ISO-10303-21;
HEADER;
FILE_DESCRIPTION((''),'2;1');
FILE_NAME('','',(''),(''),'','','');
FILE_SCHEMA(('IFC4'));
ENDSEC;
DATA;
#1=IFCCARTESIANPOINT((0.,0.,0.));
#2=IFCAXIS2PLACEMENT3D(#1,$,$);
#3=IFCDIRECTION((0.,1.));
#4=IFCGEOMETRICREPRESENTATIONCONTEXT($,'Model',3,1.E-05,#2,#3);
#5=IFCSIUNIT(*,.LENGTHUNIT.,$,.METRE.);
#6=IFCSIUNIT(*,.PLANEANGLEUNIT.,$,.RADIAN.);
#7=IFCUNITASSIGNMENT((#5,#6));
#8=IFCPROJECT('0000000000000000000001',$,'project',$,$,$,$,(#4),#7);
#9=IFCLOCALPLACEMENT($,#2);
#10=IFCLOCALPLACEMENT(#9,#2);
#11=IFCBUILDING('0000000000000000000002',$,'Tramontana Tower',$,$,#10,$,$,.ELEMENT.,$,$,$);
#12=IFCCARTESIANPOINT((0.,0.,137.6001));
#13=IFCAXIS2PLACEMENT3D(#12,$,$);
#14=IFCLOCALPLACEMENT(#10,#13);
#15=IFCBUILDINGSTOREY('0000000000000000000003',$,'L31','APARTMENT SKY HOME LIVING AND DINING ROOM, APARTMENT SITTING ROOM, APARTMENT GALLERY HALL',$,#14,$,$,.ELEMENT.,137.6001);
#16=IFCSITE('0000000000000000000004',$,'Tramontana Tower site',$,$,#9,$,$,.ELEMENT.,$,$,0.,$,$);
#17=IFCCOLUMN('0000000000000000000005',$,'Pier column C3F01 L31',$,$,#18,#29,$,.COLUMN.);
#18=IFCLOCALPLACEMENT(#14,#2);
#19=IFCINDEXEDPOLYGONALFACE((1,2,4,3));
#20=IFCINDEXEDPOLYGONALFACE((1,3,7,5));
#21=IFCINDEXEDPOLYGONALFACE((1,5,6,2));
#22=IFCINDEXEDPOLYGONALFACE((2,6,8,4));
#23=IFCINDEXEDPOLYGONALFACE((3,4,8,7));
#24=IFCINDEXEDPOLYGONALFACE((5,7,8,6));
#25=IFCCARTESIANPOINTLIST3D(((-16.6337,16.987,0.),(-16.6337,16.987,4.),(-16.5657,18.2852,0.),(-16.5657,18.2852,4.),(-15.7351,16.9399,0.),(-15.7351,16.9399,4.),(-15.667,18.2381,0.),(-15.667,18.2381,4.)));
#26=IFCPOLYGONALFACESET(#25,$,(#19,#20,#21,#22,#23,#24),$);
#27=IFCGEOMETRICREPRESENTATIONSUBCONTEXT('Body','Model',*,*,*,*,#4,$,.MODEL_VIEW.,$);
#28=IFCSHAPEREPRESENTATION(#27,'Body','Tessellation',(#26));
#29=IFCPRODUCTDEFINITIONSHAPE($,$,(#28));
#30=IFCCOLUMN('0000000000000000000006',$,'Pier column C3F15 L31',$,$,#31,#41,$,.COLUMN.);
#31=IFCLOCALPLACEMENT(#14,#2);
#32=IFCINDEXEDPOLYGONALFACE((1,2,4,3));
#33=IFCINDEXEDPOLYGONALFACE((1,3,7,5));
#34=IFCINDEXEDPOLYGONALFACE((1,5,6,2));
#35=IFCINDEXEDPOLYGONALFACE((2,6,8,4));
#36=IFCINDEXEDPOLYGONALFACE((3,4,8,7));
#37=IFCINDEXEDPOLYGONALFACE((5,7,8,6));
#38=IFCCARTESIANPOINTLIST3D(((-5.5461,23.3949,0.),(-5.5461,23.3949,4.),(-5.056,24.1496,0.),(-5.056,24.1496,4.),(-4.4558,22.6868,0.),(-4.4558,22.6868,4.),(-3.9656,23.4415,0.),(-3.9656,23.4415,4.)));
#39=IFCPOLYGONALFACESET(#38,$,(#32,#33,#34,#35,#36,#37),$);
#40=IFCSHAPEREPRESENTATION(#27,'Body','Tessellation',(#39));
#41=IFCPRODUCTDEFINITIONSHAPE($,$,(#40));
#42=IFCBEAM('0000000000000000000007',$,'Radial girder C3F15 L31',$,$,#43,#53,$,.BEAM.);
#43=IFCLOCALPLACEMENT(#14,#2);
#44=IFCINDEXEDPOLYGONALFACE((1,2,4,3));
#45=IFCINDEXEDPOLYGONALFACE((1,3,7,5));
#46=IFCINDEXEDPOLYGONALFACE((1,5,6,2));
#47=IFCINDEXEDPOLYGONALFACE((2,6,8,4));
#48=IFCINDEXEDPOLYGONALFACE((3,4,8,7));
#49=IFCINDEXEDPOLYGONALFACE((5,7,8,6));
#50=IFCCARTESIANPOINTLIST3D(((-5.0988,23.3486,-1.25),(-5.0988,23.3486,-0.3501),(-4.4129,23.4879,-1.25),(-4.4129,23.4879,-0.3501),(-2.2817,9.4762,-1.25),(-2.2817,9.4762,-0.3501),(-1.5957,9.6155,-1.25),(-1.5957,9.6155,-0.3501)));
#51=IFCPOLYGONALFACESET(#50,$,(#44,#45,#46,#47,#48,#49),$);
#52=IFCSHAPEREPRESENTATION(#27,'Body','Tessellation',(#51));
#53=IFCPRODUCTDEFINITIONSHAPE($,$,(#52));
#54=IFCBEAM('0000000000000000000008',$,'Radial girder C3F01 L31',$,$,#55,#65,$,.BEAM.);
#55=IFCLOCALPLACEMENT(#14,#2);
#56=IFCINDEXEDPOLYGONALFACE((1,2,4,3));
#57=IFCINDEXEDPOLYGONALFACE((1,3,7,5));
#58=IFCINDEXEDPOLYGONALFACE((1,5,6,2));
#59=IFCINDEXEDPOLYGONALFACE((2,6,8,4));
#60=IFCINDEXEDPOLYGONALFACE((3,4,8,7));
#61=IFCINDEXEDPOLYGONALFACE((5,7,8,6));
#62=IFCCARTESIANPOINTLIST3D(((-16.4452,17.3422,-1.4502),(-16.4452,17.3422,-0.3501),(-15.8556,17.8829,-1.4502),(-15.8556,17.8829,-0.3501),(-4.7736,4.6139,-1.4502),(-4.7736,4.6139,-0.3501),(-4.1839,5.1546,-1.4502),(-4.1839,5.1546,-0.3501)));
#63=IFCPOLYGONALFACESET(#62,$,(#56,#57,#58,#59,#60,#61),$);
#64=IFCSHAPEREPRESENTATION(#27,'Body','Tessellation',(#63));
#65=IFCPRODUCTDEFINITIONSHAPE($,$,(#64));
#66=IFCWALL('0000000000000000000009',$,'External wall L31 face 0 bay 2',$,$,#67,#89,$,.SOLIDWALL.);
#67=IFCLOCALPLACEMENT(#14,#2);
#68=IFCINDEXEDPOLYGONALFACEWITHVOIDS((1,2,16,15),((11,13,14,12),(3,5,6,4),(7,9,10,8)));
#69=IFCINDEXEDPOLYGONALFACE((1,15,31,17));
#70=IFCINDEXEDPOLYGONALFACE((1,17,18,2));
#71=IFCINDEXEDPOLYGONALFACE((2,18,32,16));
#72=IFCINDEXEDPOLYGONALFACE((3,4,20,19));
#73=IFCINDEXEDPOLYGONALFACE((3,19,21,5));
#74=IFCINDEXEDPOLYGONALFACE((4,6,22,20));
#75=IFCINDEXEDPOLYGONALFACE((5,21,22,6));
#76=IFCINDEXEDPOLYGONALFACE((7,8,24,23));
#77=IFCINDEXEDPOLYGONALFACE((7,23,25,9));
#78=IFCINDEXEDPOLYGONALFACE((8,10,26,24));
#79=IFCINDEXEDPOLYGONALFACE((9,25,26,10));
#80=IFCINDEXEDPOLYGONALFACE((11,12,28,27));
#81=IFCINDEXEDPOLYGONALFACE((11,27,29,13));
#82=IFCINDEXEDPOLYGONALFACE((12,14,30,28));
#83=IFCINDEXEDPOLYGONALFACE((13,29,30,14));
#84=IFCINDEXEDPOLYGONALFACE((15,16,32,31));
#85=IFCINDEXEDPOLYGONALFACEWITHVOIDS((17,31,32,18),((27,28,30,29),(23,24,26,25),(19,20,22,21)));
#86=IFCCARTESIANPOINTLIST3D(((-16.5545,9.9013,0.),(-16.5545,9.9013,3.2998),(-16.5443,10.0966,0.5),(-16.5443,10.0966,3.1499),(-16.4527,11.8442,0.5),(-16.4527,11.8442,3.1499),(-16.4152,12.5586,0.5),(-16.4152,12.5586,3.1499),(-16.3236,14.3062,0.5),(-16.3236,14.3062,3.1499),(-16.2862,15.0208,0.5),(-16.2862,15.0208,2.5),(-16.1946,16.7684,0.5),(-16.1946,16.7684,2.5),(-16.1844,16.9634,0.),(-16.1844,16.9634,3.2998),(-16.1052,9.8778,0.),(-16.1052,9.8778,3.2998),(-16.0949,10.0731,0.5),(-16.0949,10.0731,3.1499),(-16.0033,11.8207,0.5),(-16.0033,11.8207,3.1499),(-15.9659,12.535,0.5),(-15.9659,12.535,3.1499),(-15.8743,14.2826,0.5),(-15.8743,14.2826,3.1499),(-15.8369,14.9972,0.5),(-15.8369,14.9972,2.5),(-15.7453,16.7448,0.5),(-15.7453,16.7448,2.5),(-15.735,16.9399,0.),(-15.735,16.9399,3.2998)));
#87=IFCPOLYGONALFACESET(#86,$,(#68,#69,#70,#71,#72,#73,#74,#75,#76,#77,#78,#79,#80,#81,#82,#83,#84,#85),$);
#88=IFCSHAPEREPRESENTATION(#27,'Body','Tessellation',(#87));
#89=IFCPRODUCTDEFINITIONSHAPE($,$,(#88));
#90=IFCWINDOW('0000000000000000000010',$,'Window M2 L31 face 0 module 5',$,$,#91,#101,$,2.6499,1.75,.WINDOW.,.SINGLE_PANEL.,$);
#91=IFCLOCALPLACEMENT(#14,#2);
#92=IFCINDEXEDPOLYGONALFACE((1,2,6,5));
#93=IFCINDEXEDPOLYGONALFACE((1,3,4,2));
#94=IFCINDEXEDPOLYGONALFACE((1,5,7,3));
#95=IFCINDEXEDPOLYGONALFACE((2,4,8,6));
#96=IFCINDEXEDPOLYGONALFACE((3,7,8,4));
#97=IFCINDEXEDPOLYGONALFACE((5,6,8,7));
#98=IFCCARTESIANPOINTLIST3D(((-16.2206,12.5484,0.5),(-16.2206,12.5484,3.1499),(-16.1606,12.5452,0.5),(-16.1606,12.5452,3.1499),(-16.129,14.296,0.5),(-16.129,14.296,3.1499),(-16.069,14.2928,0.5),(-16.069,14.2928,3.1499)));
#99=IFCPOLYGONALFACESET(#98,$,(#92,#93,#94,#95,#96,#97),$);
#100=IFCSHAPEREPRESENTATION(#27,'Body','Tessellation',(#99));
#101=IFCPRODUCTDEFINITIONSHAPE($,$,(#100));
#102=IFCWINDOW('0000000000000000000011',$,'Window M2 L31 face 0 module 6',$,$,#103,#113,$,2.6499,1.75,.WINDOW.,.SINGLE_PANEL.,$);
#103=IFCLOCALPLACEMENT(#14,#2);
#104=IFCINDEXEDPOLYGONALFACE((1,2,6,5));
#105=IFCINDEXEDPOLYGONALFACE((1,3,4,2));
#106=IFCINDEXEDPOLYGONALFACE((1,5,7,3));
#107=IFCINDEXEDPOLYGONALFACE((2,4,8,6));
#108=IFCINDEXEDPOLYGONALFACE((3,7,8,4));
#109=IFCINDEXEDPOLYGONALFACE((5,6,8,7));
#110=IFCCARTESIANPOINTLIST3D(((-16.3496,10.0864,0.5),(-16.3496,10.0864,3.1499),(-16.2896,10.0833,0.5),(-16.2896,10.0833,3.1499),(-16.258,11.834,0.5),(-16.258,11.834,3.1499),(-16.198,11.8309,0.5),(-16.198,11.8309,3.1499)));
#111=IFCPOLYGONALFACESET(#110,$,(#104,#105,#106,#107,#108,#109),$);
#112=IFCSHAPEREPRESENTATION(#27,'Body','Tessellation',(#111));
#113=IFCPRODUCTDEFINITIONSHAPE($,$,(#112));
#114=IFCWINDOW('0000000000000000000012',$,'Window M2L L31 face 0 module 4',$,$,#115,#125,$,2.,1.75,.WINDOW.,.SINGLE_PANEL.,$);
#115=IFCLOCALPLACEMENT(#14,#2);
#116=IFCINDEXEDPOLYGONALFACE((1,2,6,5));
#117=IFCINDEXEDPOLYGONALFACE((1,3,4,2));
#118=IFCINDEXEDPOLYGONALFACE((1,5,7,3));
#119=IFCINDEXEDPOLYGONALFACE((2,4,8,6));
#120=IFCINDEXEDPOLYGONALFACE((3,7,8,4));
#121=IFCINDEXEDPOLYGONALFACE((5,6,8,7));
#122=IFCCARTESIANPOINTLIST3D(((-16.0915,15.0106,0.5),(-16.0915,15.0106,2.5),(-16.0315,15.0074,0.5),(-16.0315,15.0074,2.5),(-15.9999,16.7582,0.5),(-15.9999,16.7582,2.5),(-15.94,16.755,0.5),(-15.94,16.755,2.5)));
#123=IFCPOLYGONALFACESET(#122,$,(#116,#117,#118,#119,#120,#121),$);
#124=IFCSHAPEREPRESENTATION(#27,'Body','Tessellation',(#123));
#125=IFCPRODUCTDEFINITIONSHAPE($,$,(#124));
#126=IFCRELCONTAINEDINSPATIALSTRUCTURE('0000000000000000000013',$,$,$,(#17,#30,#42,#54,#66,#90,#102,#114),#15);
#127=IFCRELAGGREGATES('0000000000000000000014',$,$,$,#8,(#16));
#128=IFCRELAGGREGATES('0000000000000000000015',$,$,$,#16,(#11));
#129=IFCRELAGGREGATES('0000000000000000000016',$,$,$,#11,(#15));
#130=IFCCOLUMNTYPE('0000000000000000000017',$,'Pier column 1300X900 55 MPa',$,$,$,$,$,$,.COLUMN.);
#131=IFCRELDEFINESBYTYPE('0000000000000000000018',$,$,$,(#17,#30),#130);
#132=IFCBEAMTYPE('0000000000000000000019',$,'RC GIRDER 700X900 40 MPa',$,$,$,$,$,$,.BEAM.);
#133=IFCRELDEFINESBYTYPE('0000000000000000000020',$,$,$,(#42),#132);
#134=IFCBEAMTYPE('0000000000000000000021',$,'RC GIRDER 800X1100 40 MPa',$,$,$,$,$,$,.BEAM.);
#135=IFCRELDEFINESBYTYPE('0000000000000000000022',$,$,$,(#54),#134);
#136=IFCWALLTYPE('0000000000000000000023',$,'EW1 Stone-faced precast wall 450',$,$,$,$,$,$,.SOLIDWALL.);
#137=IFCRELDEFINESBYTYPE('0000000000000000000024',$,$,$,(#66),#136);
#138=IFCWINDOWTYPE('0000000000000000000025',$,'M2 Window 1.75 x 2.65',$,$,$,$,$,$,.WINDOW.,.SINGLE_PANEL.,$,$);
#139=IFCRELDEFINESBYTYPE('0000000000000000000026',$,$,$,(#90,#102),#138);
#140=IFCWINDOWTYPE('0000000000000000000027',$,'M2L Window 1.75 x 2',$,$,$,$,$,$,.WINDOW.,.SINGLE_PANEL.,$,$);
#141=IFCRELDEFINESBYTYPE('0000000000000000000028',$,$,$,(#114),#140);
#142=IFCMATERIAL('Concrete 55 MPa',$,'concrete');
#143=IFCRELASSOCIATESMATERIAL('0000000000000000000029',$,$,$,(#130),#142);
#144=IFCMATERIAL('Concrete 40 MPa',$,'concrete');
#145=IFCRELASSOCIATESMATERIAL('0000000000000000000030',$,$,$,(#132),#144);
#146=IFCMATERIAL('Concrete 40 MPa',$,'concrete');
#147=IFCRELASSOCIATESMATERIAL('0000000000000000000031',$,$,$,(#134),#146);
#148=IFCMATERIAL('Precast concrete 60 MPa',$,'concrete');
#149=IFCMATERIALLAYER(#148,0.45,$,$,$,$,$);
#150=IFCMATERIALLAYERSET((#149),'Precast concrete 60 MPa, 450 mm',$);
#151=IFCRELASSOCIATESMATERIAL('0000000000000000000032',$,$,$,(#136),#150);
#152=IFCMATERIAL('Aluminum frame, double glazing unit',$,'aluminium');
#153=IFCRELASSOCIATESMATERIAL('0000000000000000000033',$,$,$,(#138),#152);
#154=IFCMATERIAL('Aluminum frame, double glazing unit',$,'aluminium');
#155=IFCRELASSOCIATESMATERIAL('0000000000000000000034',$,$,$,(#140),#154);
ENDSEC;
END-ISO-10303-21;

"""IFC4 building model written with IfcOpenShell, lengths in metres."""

from ifc_helpers import new_model, si_unit, direction, frame, frame_2d, origin, origin_2d, place, context, subcontext, project, spatial, rectangle, extrude, material, layer, layer_set, material_profile, profile_set, type_object, element, fill, save


model = new_model("IFC4")

# Units and contexts
model_context = context("Model", 3, precision=1e-05, world=origin(), true_north=direction((0.0, 1.0)))
body_context = subcontext(model_context, "Body", "Model", "MODEL_VIEW")
ifc_project = project(units=[si_unit("LENGTHUNIT", "METRE"), si_unit("PLANEANGLEUNIT", "RADIAN")], contexts=[model_context])

# Site, building, storey
site_placement = place(None, origin())
site = spatial("IfcSite", under=ifc_project, at=site_placement, Name="Tramontana Tower site", CompositionType="ELEMENT", RefElevation=0.0)
building_placement = place(site_placement, origin())
building = spatial("IfcBuilding", under=site, at=building_placement, Name="Tramontana Tower", CompositionType="ELEMENT")
storey_placement = place(building_placement, frame((0.0, 0.0, 137.6001)))
storey = spatial("IfcBuildingStorey", under=building, at=storey_placement, Name="L31", Description="APARTMENT SKY HOME LIVING AND DINING ROOM, APARTMENT SITTING ROOM, APARTMENT GALLERY HALL", CompositionType="ELEMENT", Elevation=137.6001)

# Columns
ifc_material_1 = material(Name="Concrete 55 MPa", Category="concrete")
ifc_material_profile_1 = material_profile(ifc_material_1, rectangle(XDim=1.3, YDim=0.8999, at=origin_2d()), Name="Pier column 1300X900 55 MPa")
ifc_profile_set_1 = profile_set([ifc_material_profile_1], Name="Concrete 55 MPa")
column_type = type_object("IfcColumnType", Name="Pier column 1300X900 55 MPa", PredefinedType="COLUMN", material=ifc_profile_set_1)
for number, where, z_axis, x_axis, name in (
    (1, (-16.1504, 17.6125, 0.0), (0.0, 0.0, 1.0), (-0.052336, -0.99863, 0.0), "Pier column C3F01 L31"),
    (2, (-4.7559, 23.4182, 0.0), (0.0, 0.0, 1.0), (-0.838671, 0.544639, 0.0), "Pier column C3F15 L31"),
):
    element("IfcColumn", number, at=place(storey_placement, frame(where, z_axis=z_axis, x_axis=x_axis)), inside=storey, type_object=column_type, Name=name, PredefinedType="COLUMN", context=body_context, shape_type="SweptSolid", body=[
        extrude(rectangle(XDim=1.3, YDim=0.8999, at=origin_2d()), origin(), (0.0, 0.0, 1.0), 4.0),
    ])

# Beams
ifc_material_2 = material(Name="Concrete 40 MPa", Category="concrete")
ifc_material_profile_2 = material_profile(ifc_material_2, rectangle(XDim=0.7, YDim=0.8999, at=origin_2d()), Name="RC GIRDER 700X900 40 MPa")
ifc_profile_set_2 = profile_set([ifc_material_profile_2], Name="Concrete 40 MPa")
beam_type_1 = type_object("IfcBeamType", Name="RC GIRDER 700X900 40 MPa", PredefinedType="BEAM", material=ifc_profile_set_2)
beam_1_placement = place(storey_placement, frame((-4.7559, 23.4182, -0.8), z_axis=(0.199014, -0.979997, 0.0), x_axis=(0.979997, 0.199014, 0.0)))
element("IfcBeam", 3, at=beam_1_placement, inside=storey, type_object=beam_type_1, Name="Radial girder C3F15 L31", PredefinedType="BEAM", context=body_context, shape_type="SweptSolid", body=[
    extrude(rectangle(XDim=0.7, YDim=0.8999, at=origin_2d()), origin(), (0.0, 0.0, 1.0), 14.1555),
])
ifc_material_3 = material(Name="Concrete 40 MPa", Category="concrete")
ifc_material_profile_3 = material_profile(ifc_material_3, rectangle(XDim=0.8, YDim=1.1001, at=origin_2d()), Name="RC GIRDER 800X1100 40 MPa")
ifc_profile_set_3 = profile_set([ifc_material_profile_3], Name="Concrete 40 MPa")
beam_type_2 = type_object("IfcBeamType", Name="RC GIRDER 800X1100 40 MPa", PredefinedType="BEAM", material=ifc_profile_set_3)
beam_2_placement = place(storey_placement, frame((-16.1504, 17.6125, -0.9001), z_axis=(0.675852, -0.737037, 0.0), x_axis=(0.737037, 0.675852, 0.0)))
element("IfcBeam", 4, at=beam_2_placement, inside=storey, type_object=beam_type_2, Name="Radial girder C3F01 L31", PredefinedType="BEAM", context=body_context, shape_type="SweptSolid", body=[
    extrude(rectangle(XDim=0.8, YDim=1.1001, at=origin_2d()), origin(), (0.0, 0.0, 1.0), 17.2695),
])

# Wall, openings, windows
ifc_material_4 = material(Name="Precast concrete 60 MPa", Category="concrete")
ifc_layer_1 = layer(ifc_material_4, 0.45)
ifc_layer_set_1 = layer_set([ifc_layer_1], Name="Precast concrete 60 MPa, 450 mm")
wall_type_1 = type_object("IfcWallType", Name="EW1 Stone-faced precast wall 450", PredefinedType="SOLIDWALL", material=ifc_layer_set_1)
wall_1_placement = place(storey_placement, frame((-15.9597, 16.9517, 0.0), z_axis=(0.0, 0.0, 1.0), x_axis=(-0.052338, -0.998629, 0.0)))
wall_1 = element("IfcWall", 5, at=wall_1_placement, inside=storey, type_object=wall_type_1, Name="External wall L31 face 0 bay 2", PredefinedType="SOLIDWALL", context=body_context, shape_type="SweptSolid", body=[
    extrude(rectangle(XDim=7.0718, YDim=0.45, at=frame_2d((3.5359, 0.0))), origin(), (0.0, 0.0, 1.0), 3.2998),
])
opening_1_placement = place(wall_1_placement, frame((0.1953, 0.0, 0.5)))
opening_1 = element("IfcOpeningElement", 6, at=opening_1_placement, cuts=wall_1, PredefinedType="OPENING", context=body_context, shape_type="SweptSolid", body=[
    extrude(rectangle(XDim=1.75, YDim=2.0, at=frame_2d((0.875, 1.0))), frame((0.0, 0.2349, 0.0), z_axis=(0.0, -1.0, 0.0), x_axis=(1.0, 0.0, 0.0)), (0.0, 0.0, 1.0), 0.47),
])
opening_2_placement = place(wall_1_placement, frame((2.6609, 0.0, 0.5)))
opening_2 = element("IfcOpeningElement", 7, at=opening_2_placement, cuts=wall_1, PredefinedType="OPENING", context=body_context, shape_type="SweptSolid", body=[
    extrude(rectangle(XDim=1.75, YDim=2.6499, at=frame_2d((0.875, 1.325))), frame((0.0, 0.2349, 0.0), z_axis=(0.0, -1.0, 0.0), x_axis=(1.0, 0.0, 0.0)), (0.0, 0.0, 1.0), 0.47),
])
opening_3_placement = place(wall_1_placement, frame((5.1262, 0.0, 0.5)))
opening_3 = element("IfcOpeningElement", 8, at=opening_3_placement, cuts=wall_1, PredefinedType="OPENING", context=body_context, shape_type="SweptSolid", body=[
    extrude(rectangle(XDim=1.75, YDim=2.6499, at=frame_2d((0.875, 1.325))), frame((0.0, 0.2349, 0.0), z_axis=(0.0, -1.0, 0.0), x_axis=(1.0, 0.0, 0.0)), (0.0, 0.0, 1.0), 0.47),
])
ifc_material_5 = material(Name="Aluminum frame, double glazing unit", Category="aluminium")
window_type_1 = type_object("IfcWindowType", Name="M2 Window 1.75 x 2.65", PartitioningType="SINGLE_PANEL", PredefinedType="WINDOW", material=ifc_material_5)
window_1_placement = place(opening_2_placement, origin())
window_1 = element("IfcWindow", 9, at=window_1_placement, inside=storey, type_object=window_type_1, Name="Window M2 L31 face 0 module 5", OverallHeight=2.6499, OverallWidth=1.75, PartitioningType="SINGLE_PANEL", PredefinedType="WINDOW", context=body_context, shape_type="SweptSolid", body=[
    extrude(rectangle(XDim=1.75, YDim=2.6499, at=frame_2d((0.875, 1.325))), frame((0.0, 0.03, 0.0), z_axis=(0.0, -1.0, 0.0), x_axis=(1.0, 0.0, 0.0)), (0.0, 0.0, 1.0), 0.0601),
])
fill(opening_2, window_1)
window_2_placement = place(opening_3_placement, origin())
window_2 = element("IfcWindow", 10, at=window_2_placement, inside=storey, type_object=window_type_1, Name="Window M2 L31 face 0 module 6", OverallHeight=2.6499, OverallWidth=1.75, PartitioningType="SINGLE_PANEL", PredefinedType="WINDOW", context=body_context, shape_type="SweptSolid", body=[
    extrude(rectangle(XDim=1.75, YDim=2.6499, at=frame_2d((0.875, 1.325))), frame((0.0, 0.03, 0.0), z_axis=(0.0, -1.0, 0.0), x_axis=(1.0, 0.0, 0.0)), (0.0, 0.0, 1.0), 0.0601),
])
fill(opening_3, window_2)
ifc_material_6 = material(Name="Aluminum frame, double glazing unit", Category="aluminium")
window_type_2 = type_object("IfcWindowType", Name="M2L Window 1.75 x 2", PartitioningType="SINGLE_PANEL", PredefinedType="WINDOW", material=ifc_material_6)
window_3_placement = place(opening_1_placement, origin())
window_3 = element("IfcWindow", 11, at=window_3_placement, inside=storey, type_object=window_type_2, Name="Window M2L L31 face 0 module 4", OverallHeight=2.0, OverallWidth=1.75, PartitioningType="SINGLE_PANEL", PredefinedType="WINDOW", context=body_context, shape_type="SweptSolid", body=[
    extrude(rectangle(XDim=1.75, YDim=2.0, at=frame_2d((0.875, 1.0))), frame((0.0, 0.03, 0.0), z_axis=(0.0, -1.0, 0.0), x_axis=(1.0, 0.0, 0.0)), (0.0, 0.0, 1.0), 0.0601),
])
fill(opening_1, window_3)

save(model, "model.ifc")
